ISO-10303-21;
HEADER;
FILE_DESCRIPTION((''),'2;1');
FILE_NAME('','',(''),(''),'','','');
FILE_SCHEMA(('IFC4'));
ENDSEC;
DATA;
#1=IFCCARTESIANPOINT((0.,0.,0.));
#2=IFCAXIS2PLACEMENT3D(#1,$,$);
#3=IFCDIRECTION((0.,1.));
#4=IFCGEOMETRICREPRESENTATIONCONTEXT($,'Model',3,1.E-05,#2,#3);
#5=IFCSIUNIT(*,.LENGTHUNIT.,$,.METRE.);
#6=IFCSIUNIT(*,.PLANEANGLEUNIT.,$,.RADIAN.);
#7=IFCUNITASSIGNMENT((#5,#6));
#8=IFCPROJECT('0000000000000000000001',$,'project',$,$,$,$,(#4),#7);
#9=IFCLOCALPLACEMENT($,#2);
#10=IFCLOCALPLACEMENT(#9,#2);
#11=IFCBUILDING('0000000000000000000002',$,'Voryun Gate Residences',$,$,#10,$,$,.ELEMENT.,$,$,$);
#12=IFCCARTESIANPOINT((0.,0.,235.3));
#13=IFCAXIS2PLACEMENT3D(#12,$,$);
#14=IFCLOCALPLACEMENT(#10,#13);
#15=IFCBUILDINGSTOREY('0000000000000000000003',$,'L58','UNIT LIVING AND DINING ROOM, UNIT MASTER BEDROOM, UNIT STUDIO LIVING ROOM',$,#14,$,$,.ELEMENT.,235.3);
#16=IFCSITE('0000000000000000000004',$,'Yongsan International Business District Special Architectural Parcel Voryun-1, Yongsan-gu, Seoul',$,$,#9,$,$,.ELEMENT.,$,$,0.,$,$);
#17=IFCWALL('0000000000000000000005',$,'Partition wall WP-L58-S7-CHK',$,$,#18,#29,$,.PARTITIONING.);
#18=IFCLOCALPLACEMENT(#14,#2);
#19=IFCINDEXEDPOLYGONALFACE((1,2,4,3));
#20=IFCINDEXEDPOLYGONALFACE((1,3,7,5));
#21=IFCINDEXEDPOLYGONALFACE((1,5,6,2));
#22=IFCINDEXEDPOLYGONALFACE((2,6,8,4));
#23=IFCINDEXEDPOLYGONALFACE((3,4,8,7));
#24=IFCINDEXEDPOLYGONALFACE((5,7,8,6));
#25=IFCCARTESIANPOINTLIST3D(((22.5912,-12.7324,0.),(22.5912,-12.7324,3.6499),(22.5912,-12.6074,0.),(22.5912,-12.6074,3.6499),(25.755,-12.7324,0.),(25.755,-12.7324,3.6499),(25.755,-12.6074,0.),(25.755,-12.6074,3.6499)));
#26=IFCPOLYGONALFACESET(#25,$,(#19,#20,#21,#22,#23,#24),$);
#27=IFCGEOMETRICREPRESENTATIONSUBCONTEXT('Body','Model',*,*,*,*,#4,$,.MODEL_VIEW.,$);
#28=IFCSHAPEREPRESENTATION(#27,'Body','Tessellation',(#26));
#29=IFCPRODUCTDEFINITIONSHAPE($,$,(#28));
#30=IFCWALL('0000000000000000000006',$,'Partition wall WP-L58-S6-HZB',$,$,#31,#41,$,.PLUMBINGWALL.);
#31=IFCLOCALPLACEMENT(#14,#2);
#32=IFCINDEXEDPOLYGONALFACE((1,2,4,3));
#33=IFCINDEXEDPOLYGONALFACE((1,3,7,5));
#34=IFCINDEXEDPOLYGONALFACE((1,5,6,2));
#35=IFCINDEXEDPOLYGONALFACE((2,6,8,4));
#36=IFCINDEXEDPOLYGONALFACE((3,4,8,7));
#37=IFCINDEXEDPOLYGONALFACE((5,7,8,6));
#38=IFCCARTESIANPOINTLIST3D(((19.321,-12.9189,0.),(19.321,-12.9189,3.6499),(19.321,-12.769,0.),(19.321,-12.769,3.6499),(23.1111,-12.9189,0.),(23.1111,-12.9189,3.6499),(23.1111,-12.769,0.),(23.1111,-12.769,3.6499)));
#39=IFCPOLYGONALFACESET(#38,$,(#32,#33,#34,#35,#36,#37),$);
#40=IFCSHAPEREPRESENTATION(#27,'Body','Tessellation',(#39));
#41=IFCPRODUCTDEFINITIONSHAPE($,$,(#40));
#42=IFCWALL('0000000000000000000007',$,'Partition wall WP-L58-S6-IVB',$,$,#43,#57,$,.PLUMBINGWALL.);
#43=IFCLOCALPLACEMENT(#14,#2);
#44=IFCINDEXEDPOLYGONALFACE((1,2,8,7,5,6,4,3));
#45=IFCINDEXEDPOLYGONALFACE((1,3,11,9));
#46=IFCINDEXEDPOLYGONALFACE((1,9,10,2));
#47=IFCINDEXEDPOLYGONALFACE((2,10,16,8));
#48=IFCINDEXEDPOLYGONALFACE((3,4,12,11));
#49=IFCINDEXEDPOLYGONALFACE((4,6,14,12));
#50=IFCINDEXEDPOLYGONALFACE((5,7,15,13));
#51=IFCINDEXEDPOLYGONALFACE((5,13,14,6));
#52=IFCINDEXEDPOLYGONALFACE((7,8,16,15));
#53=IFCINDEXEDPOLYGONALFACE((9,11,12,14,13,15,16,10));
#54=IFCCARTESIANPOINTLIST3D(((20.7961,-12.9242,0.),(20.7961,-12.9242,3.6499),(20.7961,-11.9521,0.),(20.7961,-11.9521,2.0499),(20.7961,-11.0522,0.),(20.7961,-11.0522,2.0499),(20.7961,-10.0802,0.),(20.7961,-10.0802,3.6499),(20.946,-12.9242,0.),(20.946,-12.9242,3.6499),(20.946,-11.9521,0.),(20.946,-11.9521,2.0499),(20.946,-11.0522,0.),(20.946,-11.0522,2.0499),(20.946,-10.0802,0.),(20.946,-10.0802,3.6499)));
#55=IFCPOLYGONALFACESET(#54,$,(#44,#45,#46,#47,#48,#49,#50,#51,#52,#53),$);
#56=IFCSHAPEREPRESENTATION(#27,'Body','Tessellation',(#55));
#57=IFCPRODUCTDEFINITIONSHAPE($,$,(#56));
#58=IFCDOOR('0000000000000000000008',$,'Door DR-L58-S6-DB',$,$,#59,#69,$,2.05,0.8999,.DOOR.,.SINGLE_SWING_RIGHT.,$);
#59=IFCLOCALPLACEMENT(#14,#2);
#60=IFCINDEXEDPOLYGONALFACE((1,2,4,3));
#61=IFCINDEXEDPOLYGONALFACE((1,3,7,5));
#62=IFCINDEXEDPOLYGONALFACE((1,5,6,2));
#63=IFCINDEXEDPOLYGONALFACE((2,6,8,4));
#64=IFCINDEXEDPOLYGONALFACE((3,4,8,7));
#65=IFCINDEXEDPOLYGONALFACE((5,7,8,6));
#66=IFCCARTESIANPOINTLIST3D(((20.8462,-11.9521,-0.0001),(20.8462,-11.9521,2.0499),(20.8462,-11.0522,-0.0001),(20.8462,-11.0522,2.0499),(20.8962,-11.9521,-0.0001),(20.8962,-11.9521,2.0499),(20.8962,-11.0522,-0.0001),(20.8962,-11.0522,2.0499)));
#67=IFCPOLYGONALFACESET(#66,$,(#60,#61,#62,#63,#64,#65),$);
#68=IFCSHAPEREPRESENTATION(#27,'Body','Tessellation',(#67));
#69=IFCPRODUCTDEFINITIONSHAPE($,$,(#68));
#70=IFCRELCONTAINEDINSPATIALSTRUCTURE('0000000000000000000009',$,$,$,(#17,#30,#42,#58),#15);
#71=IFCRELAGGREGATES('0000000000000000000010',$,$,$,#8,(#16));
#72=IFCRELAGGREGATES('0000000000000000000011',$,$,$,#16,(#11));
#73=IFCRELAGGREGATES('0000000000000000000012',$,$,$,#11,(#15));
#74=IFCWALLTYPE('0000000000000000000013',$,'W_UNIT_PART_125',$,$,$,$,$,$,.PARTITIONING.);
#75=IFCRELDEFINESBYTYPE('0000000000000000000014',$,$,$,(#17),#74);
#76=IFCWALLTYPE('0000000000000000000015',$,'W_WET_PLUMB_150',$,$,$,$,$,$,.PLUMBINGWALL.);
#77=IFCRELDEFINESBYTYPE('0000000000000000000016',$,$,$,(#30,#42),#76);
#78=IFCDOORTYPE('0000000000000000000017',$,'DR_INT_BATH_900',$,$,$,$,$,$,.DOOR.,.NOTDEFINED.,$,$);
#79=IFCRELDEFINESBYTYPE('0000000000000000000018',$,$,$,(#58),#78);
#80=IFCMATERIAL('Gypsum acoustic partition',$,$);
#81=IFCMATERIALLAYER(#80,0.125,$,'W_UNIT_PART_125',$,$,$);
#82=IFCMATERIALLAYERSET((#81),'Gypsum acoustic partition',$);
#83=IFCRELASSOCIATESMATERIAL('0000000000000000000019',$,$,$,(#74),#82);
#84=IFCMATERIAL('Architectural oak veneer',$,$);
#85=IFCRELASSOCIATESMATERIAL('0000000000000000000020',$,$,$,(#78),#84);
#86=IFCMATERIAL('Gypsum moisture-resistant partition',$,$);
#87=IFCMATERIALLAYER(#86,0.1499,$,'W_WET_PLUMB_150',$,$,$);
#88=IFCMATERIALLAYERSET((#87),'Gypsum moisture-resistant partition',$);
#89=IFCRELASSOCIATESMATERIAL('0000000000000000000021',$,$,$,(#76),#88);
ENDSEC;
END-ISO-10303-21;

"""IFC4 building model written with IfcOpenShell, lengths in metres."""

from ifc_helpers import new_model, si_unit, direction, frame, frame_2d, origin, place, context, subcontext, project, spatial, rectangle, extrude, material, layer, layer_set, type_object, element, fill, save


model = new_model("IFC4")

# Units and contexts
model_context = context("Model", 3, precision=1e-05, world=origin(), true_north=direction((0.0, 1.0)))
body_context = subcontext(model_context, "Body", "Model", "MODEL_VIEW")
ifc_project = project(units=[si_unit("LENGTHUNIT", "METRE"), si_unit("PLANEANGLEUNIT", "RADIAN")], contexts=[model_context])

# Site, building, storey
site_placement = place(None, origin())
site = spatial("IfcSite", under=ifc_project, at=site_placement, Name="Yongsan International Business District Special Architectural Parcel Voryun-1, Yongsan-gu, Seoul", CompositionType="ELEMENT", RefElevation=0.0)
building_placement = place(site_placement, origin())
building = spatial("IfcBuilding", under=site, at=building_placement, Name="Voryun Gate Residences", CompositionType="ELEMENT")
storey_placement = place(building_placement, frame((0.0, 0.0, 235.3)))
storey = spatial("IfcBuildingStorey", under=building, at=storey_placement, Name="L58", Description="UNIT LIVING AND DINING ROOM, UNIT MASTER BEDROOM, UNIT STUDIO LIVING ROOM", CompositionType="ELEMENT", Elevation=235.3)

# Shared definitions
ifc_material_1 = material(Name="Gypsum acoustic partition")
ifc_layer_1 = layer(ifc_material_1, 0.125, Name="W_UNIT_PART_125")
ifc_layer_set_1 = layer_set([ifc_layer_1], Name="Gypsum acoustic partition")
wall_type_1 = type_object("IfcWallType", Name="W_UNIT_PART_125", PredefinedType="PARTITIONING", material=ifc_layer_set_1)
ifc_material_2 = material(Name="Architectural oak veneer")
door_type_1 = type_object("IfcDoorType", Name="DR_INT_BATH_900", OperationType="NOTDEFINED", PredefinedType="DOOR", material=ifc_material_2)

# Walls
wall_1_placement = place(storey_placement, frame((22.5911, -12.6699, 0.0), z_axis=(0.0, 0.0, 1.0), x_axis=(1.0, 0.0, 0.0)))
element("IfcWall", 1, at=wall_1_placement, inside=storey, type_object=wall_type_1, Name="Partition wall WP-L58-S7-CHK", PredefinedType="PARTITIONING", context=body_context, shape_type="SweptSolid", body=[
    extrude(rectangle(XDim=3.1638, YDim=0.125, at=frame_2d((1.582, 0.0))), origin(), (0.0, 0.0, 1.0), 3.6499),
])
ifc_material_3 = material(Name="Gypsum moisture-resistant partition")
ifc_layer_2 = layer(ifc_material_3, 0.1499, Name="W_WET_PLUMB_150")
ifc_layer_set_2 = layer_set([ifc_layer_2], Name="Gypsum moisture-resistant partition")
wall_type_2 = type_object("IfcWallType", Name="W_WET_PLUMB_150", PredefinedType="PLUMBINGWALL", material=ifc_layer_set_2)
wall_2_placement = place(storey_placement, frame((19.321, -12.844, 0.0), z_axis=(0.0, 0.0, 1.0), x_axis=(1.0, 0.0, 0.0)))
element("IfcWall", 2, at=wall_2_placement, inside=storey, type_object=wall_type_2, Name="Partition wall WP-L58-S6-HZB", PredefinedType="PLUMBINGWALL", context=body_context, shape_type="SweptSolid", body=[
    extrude(rectangle(XDim=3.79, YDim=0.1499, at=frame_2d((1.895, 0.0))), origin(), (0.0, 0.0, 1.0), 3.6499),
])

# Wall, opening, door
wall_3_placement = place(storey_placement, frame((20.8711, -12.9241, 0.0), z_axis=(0.0, 0.0, 1.0), x_axis=(0.0, 1.0, 0.0)))
wall_3 = element("IfcWall", 3, at=wall_3_placement, inside=storey, type_object=wall_type_2, Name="Partition wall WP-L58-S6-IVB", PredefinedType="PLUMBINGWALL", context=body_context, shape_type="SweptSolid", body=[
    extrude(rectangle(XDim=2.844, YDim=0.1499, at=frame_2d((1.4219, 0.0))), origin(), (0.0, 0.0, 1.0), 3.6499),
])
opening_1_placement = place(wall_3_placement, frame((0.9719, 0.0, 0.0)))
opening_1 = element("IfcOpeningElement", 4, at=opening_1_placement, cuts=wall_3, PredefinedType="OPENING", context=body_context, shape_type="SweptSolid", body=[
    extrude(rectangle(XDim=0.8999, YDim=2.05, at=frame_2d((0.45, 1.0249))), frame((0.0, 0.085, 0.0), z_axis=(0.0, -1.0, 0.0), x_axis=(1.0, 0.0, 0.0)), (0.0, 0.0, 1.0), 0.1699),
])
door_1_placement = place(opening_1_placement, origin())
door_1 = element("IfcDoor", 5, at=door_1_placement, inside=storey, type_object=door_type_1, Name="Door DR-L58-S6-DB", OperationType="SINGLE_SWING_RIGHT", OverallHeight=2.05, OverallWidth=0.8999, PredefinedType="DOOR", context=body_context, shape_type="SweptSolid", body=[
    extrude(rectangle(XDim=0.8999, YDim=2.05, at=frame_2d((0.45, 1.0249))), frame((0.0, 0.0249, 0.0), z_axis=(0.0, -1.0, 0.0), x_axis=(1.0, 0.0, 0.0)), (0.0, 0.0, 1.0), 0.05),
])
fill(opening_1, door_1)

save(model, "model.ifc")
